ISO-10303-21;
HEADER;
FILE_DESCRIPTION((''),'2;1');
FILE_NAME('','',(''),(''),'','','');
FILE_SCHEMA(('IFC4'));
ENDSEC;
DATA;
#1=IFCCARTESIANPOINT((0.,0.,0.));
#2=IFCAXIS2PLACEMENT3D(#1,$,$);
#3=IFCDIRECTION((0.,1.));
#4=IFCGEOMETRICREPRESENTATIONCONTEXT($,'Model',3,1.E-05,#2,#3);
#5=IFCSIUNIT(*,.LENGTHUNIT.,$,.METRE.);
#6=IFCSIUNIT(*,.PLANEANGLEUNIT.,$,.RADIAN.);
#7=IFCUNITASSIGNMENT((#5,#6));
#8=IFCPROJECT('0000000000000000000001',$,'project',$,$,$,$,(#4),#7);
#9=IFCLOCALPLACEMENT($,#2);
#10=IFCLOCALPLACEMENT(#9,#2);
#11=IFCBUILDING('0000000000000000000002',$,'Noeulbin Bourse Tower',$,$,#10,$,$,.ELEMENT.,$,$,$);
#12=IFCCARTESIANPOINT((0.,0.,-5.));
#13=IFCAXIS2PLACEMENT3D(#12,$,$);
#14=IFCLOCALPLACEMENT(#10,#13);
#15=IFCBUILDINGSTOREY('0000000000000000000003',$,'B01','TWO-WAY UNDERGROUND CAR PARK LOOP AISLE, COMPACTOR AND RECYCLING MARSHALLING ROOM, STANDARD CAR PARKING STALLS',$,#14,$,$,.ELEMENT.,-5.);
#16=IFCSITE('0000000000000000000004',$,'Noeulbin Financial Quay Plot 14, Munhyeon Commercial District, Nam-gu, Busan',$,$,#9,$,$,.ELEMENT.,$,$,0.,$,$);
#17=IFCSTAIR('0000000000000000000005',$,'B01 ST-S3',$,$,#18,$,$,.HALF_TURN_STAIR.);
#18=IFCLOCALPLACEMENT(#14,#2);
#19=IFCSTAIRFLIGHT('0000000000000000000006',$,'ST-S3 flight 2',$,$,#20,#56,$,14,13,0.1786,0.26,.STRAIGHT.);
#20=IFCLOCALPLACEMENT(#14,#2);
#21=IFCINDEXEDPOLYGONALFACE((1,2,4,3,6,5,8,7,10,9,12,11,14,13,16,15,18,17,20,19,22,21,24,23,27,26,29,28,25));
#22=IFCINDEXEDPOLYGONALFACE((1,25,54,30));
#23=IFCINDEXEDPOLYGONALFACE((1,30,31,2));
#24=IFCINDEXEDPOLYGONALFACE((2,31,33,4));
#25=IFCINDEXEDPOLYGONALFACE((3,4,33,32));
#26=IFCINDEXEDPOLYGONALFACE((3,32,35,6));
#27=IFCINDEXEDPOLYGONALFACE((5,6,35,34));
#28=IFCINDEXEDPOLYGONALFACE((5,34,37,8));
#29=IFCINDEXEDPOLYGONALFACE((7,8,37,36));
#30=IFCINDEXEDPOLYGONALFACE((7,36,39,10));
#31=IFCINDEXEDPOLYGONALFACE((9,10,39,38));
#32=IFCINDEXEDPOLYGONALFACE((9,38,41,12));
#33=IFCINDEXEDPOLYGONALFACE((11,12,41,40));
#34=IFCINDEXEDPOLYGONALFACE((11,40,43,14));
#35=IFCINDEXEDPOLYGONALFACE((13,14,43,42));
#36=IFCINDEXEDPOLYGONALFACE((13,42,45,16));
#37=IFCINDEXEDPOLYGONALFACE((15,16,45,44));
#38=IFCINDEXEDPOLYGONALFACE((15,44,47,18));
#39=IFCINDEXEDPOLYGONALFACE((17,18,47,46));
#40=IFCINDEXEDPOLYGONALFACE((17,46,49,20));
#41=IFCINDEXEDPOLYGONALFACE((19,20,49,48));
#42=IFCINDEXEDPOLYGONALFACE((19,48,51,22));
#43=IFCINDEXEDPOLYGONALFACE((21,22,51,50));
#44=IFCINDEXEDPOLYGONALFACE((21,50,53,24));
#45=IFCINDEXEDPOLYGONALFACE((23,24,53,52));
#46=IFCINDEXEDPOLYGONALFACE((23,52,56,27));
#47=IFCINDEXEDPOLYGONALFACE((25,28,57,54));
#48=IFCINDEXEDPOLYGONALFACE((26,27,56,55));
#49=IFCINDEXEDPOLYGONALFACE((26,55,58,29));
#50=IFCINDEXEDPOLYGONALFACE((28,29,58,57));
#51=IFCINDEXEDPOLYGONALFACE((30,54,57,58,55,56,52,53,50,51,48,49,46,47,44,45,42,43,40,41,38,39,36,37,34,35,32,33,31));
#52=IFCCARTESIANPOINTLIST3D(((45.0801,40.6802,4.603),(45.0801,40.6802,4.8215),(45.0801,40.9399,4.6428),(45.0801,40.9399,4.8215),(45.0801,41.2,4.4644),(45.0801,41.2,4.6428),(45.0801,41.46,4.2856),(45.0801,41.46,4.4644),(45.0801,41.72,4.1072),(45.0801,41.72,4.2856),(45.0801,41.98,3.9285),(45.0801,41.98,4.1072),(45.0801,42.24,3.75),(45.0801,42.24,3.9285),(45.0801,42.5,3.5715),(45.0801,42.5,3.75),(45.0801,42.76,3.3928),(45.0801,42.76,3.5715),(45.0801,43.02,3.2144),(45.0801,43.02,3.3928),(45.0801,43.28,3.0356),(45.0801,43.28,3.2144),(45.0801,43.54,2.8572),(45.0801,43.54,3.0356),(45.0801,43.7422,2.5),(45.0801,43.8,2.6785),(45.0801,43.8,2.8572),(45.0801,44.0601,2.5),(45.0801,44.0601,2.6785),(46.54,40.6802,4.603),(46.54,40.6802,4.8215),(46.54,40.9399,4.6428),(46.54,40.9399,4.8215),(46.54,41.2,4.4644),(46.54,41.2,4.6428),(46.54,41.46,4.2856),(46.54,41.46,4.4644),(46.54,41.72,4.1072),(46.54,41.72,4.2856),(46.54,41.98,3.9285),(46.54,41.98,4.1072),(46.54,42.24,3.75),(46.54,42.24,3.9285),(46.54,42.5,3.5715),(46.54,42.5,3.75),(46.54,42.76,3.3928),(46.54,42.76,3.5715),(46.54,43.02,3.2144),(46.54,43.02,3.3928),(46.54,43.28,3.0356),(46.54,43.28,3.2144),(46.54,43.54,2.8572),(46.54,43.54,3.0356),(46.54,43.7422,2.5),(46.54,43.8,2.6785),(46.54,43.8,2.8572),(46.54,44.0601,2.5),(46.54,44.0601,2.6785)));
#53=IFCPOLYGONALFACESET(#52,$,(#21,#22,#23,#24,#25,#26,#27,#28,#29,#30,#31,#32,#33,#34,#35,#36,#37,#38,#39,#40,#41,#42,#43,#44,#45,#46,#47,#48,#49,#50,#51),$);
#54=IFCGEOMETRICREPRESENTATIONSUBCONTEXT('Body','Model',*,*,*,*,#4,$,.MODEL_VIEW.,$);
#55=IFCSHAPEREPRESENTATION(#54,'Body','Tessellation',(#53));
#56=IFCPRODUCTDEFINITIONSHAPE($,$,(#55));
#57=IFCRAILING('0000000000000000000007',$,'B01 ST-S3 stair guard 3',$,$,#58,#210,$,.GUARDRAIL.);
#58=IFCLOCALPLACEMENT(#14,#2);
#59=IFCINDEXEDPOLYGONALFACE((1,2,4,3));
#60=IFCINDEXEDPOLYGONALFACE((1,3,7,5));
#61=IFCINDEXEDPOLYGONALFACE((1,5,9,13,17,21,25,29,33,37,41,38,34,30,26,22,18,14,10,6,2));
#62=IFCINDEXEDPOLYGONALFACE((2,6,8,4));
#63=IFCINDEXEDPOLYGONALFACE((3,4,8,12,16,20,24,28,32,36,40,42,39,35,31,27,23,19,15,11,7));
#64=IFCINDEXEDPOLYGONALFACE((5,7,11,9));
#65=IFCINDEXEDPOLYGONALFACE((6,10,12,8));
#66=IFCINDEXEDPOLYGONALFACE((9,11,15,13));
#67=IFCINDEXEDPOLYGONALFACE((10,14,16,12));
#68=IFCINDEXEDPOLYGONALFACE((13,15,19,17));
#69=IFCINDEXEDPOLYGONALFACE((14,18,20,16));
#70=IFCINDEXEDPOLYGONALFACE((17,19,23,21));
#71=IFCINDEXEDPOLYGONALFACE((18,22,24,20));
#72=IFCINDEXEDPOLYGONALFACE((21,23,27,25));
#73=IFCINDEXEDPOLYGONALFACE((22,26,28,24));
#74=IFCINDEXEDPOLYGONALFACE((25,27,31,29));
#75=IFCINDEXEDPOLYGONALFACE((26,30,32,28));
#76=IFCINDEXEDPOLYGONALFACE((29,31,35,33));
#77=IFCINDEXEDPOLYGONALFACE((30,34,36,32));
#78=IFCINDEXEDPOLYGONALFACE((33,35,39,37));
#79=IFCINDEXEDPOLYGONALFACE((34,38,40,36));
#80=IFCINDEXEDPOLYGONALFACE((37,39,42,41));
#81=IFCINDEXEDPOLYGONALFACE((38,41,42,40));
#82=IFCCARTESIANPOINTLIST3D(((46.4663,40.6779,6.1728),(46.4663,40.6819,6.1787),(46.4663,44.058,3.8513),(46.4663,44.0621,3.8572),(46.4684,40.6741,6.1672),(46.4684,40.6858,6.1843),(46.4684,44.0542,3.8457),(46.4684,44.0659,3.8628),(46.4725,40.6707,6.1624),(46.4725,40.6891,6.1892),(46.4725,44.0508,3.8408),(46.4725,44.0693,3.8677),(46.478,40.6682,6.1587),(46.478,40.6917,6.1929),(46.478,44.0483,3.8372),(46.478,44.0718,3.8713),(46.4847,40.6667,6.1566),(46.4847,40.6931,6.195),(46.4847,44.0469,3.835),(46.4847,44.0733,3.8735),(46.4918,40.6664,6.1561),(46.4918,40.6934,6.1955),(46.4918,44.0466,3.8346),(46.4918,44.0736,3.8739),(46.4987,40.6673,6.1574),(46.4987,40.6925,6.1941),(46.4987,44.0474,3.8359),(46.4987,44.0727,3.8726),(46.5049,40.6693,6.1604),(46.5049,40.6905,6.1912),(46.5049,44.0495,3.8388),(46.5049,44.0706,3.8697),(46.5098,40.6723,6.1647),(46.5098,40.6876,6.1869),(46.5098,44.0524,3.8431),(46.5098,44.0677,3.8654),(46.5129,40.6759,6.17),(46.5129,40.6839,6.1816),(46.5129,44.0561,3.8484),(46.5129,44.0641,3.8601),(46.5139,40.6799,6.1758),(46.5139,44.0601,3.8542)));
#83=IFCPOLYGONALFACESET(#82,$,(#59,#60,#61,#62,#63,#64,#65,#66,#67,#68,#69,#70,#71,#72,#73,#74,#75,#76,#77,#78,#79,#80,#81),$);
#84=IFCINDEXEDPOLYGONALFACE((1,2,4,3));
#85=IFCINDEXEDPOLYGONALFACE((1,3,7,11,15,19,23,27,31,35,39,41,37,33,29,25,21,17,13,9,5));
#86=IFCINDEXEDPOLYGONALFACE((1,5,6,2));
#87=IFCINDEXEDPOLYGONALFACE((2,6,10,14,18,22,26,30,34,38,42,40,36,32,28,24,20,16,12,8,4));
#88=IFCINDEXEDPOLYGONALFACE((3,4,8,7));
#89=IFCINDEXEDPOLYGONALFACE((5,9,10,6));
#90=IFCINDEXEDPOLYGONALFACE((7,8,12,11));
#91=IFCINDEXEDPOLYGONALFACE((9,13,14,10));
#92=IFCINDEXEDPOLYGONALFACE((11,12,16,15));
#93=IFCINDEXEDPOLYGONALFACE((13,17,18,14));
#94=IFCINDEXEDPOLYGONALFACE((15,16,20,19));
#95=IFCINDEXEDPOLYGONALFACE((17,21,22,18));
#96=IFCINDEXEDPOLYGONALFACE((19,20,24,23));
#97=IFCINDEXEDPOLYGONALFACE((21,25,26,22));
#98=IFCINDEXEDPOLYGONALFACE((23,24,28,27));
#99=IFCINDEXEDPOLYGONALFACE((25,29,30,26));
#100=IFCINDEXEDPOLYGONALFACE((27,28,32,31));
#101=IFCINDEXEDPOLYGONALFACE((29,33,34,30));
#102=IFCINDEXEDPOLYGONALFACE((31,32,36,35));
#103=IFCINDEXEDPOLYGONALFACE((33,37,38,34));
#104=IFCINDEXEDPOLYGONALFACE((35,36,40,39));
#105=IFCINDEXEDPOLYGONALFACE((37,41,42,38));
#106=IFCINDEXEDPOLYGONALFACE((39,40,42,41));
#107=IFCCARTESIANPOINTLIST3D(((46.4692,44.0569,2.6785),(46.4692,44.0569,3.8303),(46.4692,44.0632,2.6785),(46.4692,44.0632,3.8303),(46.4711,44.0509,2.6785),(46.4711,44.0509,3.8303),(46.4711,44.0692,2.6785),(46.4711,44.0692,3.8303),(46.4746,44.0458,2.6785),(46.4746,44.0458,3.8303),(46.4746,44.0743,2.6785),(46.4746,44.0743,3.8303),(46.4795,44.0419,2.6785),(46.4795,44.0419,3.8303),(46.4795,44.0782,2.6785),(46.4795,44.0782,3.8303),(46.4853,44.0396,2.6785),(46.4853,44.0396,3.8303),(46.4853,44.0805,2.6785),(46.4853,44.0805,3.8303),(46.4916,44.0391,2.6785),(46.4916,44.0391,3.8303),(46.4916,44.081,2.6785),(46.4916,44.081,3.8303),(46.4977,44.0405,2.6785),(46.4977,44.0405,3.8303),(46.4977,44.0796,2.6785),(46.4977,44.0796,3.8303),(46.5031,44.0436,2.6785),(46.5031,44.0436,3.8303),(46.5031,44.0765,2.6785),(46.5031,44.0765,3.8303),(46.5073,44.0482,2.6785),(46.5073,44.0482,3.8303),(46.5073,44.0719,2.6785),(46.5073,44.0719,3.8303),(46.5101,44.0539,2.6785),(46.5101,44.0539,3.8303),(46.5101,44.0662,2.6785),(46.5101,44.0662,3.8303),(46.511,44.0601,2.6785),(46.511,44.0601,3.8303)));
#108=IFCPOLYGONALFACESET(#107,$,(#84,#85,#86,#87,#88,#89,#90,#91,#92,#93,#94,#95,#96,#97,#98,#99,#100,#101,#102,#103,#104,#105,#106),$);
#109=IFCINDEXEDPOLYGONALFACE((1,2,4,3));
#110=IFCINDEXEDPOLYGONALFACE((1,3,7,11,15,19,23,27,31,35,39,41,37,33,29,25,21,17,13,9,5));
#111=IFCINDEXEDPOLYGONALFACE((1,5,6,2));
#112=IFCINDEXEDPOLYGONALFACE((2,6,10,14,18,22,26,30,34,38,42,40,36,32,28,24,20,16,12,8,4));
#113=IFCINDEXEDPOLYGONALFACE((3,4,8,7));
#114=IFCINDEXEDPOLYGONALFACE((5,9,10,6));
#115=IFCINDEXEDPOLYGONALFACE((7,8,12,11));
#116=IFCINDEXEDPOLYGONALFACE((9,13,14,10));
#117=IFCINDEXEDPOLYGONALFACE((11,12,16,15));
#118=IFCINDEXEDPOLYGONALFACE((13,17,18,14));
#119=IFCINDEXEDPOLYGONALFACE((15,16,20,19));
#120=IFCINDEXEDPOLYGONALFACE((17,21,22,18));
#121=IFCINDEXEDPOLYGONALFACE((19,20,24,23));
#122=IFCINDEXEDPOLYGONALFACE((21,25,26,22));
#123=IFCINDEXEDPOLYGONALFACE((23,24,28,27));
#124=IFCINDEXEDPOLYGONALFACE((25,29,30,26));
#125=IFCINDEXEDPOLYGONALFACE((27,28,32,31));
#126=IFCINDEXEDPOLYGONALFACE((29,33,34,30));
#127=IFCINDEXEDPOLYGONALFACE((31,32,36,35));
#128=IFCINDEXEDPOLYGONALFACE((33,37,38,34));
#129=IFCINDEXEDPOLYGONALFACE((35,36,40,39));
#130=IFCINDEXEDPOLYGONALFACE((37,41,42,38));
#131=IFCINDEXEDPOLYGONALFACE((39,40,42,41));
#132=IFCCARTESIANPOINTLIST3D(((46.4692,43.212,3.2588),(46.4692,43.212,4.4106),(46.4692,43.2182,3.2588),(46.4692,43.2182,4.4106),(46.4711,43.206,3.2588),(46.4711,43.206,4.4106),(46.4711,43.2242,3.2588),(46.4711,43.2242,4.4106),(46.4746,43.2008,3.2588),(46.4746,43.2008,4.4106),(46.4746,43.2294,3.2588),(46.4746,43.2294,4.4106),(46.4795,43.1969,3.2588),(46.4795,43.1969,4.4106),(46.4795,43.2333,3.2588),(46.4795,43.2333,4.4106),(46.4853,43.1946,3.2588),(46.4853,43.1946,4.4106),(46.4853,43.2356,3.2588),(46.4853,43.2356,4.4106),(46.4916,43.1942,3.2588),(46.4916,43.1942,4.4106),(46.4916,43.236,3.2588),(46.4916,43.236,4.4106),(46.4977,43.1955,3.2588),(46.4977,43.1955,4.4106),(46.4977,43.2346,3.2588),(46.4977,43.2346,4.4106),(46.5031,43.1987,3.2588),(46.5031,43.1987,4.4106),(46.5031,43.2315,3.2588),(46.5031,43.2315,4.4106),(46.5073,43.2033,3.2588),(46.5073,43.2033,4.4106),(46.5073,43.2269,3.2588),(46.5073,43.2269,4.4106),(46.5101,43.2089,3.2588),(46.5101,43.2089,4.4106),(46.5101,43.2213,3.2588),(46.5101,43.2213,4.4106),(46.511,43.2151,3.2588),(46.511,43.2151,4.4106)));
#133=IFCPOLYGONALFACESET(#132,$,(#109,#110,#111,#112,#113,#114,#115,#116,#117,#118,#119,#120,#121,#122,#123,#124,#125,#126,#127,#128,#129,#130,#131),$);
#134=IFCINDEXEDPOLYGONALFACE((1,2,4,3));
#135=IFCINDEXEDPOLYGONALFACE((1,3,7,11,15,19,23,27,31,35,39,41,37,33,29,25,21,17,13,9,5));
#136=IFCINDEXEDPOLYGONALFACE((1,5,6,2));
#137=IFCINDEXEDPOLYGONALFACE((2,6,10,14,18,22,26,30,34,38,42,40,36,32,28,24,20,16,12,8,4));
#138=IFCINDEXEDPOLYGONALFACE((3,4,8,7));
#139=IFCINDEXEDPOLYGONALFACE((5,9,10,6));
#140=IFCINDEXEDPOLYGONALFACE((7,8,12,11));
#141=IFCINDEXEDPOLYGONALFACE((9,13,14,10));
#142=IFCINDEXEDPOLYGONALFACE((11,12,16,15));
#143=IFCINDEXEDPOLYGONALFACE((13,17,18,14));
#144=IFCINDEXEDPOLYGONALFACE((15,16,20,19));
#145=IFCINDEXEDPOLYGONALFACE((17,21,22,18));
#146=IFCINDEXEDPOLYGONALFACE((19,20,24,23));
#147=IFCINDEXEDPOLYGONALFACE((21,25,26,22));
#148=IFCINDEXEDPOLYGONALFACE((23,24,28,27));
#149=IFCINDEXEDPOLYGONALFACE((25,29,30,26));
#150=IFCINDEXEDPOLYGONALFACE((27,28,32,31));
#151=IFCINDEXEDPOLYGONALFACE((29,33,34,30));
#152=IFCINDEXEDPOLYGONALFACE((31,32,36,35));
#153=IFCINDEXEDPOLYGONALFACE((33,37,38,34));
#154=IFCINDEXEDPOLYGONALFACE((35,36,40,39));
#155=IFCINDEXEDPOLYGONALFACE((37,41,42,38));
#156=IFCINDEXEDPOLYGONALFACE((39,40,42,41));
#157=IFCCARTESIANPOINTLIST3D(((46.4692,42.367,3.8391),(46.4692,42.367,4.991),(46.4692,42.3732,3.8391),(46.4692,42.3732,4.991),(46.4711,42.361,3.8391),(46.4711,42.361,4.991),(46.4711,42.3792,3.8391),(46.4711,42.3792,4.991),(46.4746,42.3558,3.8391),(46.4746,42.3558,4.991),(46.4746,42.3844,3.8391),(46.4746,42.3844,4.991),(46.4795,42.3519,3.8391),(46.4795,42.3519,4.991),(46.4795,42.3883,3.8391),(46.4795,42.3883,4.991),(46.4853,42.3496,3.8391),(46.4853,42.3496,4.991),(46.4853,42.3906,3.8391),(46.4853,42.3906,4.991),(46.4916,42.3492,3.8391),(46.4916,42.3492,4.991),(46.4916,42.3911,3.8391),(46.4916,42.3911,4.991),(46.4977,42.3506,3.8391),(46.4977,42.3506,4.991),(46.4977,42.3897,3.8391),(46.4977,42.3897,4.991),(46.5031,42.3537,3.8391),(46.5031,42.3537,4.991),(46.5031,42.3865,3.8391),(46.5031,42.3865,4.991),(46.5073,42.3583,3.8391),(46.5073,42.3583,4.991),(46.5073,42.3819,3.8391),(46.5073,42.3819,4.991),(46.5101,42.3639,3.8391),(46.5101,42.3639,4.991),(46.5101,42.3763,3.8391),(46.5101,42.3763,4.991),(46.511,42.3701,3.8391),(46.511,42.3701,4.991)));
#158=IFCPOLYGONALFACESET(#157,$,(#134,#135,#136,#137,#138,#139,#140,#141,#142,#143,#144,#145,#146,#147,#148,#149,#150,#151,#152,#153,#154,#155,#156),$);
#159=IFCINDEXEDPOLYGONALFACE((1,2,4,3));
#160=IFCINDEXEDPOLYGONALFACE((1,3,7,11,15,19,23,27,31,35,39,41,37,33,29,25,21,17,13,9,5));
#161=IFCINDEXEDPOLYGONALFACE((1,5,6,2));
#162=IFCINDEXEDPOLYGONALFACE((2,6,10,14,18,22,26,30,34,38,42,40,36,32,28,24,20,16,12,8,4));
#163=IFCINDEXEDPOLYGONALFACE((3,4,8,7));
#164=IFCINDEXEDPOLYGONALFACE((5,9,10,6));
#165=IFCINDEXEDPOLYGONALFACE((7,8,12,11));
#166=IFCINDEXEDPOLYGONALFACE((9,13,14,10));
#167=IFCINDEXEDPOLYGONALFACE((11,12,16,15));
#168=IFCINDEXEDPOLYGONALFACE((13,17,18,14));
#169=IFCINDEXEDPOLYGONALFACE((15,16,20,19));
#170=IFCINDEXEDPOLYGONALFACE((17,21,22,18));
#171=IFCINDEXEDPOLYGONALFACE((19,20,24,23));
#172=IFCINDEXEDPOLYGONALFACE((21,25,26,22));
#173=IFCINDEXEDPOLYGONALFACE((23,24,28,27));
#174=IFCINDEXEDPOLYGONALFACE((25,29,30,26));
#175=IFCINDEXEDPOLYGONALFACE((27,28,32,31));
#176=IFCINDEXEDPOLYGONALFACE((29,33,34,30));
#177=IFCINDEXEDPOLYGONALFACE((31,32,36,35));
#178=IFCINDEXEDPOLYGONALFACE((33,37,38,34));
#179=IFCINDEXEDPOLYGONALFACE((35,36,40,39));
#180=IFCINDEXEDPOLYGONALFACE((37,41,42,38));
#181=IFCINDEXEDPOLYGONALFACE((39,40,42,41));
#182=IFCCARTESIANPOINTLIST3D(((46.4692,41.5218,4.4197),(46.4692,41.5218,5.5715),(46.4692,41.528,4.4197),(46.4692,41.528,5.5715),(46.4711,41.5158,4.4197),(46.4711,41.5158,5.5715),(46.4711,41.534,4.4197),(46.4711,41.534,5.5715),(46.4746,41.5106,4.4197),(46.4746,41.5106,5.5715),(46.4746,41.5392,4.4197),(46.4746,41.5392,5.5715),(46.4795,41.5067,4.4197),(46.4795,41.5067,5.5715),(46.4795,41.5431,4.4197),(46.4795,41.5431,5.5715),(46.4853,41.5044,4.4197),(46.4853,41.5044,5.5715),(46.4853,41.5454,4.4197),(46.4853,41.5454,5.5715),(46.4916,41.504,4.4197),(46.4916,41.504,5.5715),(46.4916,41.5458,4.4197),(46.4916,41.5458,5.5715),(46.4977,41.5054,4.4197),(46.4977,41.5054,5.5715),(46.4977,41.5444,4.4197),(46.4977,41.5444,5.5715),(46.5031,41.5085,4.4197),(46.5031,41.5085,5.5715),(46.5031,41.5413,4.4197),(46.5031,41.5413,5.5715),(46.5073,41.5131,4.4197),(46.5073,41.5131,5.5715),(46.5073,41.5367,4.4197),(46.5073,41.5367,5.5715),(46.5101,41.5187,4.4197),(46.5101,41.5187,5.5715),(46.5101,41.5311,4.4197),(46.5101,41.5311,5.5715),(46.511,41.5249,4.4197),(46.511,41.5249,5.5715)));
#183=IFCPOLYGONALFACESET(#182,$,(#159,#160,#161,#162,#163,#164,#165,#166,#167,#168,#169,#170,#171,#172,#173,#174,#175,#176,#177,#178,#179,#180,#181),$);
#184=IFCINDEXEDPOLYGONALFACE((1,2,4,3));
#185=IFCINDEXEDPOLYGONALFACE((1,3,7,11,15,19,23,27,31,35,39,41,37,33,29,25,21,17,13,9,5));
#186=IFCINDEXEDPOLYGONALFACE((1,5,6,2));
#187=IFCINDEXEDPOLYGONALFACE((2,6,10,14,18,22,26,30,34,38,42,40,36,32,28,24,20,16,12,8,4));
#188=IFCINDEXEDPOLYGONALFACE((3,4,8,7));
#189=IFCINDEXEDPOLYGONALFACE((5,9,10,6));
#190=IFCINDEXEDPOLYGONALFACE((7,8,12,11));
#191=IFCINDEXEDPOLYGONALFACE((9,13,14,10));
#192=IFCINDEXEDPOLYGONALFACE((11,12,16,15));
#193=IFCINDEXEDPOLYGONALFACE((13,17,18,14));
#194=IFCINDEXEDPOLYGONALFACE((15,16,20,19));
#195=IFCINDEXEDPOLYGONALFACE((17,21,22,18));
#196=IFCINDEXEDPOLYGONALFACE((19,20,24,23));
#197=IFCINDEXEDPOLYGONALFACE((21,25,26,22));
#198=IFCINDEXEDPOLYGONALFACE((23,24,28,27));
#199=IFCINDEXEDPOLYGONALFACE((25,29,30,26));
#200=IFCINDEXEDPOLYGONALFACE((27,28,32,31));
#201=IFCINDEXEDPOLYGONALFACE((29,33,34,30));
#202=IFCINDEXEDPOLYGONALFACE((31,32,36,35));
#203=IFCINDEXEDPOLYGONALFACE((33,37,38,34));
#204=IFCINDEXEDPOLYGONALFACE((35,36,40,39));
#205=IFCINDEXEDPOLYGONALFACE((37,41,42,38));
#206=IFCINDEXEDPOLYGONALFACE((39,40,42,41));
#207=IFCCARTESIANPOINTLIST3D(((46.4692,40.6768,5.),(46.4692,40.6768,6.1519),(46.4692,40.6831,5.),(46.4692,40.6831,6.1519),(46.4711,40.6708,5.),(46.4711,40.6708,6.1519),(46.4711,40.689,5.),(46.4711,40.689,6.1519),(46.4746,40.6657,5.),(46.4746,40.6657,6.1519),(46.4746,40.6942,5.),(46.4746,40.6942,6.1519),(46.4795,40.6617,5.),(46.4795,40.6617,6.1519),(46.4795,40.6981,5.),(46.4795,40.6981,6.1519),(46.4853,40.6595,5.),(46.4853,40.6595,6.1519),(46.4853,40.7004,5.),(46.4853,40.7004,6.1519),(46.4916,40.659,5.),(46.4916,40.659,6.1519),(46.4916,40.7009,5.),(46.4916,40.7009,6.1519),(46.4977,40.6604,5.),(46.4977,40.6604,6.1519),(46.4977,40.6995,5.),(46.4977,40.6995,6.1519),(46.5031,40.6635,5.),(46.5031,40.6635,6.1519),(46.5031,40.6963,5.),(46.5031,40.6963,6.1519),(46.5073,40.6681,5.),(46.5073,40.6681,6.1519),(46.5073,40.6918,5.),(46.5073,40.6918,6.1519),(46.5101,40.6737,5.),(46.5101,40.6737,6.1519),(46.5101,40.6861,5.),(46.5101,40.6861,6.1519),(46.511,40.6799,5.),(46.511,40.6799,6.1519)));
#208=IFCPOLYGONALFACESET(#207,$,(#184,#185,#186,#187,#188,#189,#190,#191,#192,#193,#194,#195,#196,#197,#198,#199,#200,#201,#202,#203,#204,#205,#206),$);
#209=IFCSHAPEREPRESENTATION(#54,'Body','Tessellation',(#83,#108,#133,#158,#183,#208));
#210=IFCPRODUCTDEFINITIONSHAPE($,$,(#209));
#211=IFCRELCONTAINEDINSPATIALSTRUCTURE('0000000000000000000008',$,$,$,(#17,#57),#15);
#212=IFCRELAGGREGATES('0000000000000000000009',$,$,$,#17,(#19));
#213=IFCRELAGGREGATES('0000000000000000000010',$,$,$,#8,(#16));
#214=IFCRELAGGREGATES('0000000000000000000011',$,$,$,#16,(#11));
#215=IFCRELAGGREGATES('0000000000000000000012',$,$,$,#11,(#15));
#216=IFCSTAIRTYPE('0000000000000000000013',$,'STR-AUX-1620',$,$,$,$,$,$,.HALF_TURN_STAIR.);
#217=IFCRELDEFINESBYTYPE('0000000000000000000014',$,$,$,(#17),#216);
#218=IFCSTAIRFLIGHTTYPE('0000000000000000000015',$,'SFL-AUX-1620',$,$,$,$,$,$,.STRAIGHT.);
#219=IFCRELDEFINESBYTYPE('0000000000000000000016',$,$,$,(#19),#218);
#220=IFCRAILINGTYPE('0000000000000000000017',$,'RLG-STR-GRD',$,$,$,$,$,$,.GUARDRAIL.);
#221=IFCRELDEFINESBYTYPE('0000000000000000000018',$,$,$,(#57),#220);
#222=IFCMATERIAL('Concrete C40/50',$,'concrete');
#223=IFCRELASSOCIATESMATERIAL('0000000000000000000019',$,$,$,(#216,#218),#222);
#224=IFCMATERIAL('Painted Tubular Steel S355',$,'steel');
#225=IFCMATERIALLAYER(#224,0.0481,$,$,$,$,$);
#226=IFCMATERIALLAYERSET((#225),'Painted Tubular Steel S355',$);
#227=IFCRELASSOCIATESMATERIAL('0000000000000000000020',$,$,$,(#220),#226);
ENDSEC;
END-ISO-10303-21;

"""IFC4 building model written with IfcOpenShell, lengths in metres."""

from ifc_helpers import new_model, si_unit, direction, frame, origin, origin_2d, place, context, subcontext, project, spatial, polyline, circle, outline, extrude, material, layer, layer_set, type_object, element, aggregate, save


model = new_model("IFC4")

# Units and contexts
model_context = context("Model", 3, precision=1e-05, world=origin(), true_north=direction((0.0, 1.0)))
body_context = subcontext(model_context, "Body", "Model", "MODEL_VIEW")
ifc_project = project(units=[si_unit("LENGTHUNIT", "METRE"), si_unit("PLANEANGLEUNIT", "RADIAN")], contexts=[model_context])

# Site, building, storey
site_placement = place(None, origin())
site = spatial("IfcSite", under=ifc_project, at=site_placement, Name="Noeulbin Financial Quay Plot 14, Munhyeon Commercial District, Nam-gu, Busan", CompositionType="ELEMENT", RefElevation=0.0)
building_placement = place(site_placement, origin())
building = spatial("IfcBuilding", under=site, at=building_placement, Name="Noeulbin Bourse Tower", CompositionType="ELEMENT")
storey_placement = place(building_placement, frame((0.0, 0.0, -5.0)))
storey = spatial("IfcBuildingStorey", under=building, at=storey_placement, Name="B01", Description="TWO-WAY UNDERGROUND CAR PARK LOOP AISLE, COMPACTOR AND RECYCLING MARSHALLING ROOM, STANDARD CAR PARKING STALLS", CompositionType="ELEMENT", Elevation=-5.0)

# Shared definitions
ifc_material_1 = material(Name="Concrete C40/50", Category="concrete")

# Stair, stair flight
stair_type = type_object("IfcStairType", Name="STR-AUX-1620", PredefinedType="HALF_TURN_STAIR", material=ifc_material_1)
stair_placement = place(storey_placement, origin())
stair = element("IfcStair", 1, at=stair_placement, inside=storey, type_object=stair_type, Name="B01 ST-S3", PredefinedType="HALF_TURN_STAIR")
stair_flight_type = type_object("IfcStairFlightType", Name="SFL-AUX-1620", PredefinedType="STRAIGHT", material=ifc_material_1)
stair_flight_placement = place(storey_placement, frame((45.8101, 44.0601, 2.5), z_axis=(0.0, 0.0, 1.0), x_axis=(0.0, -1.0, 0.0)))
stair_flight = element("IfcStairFlight", 2, at=stair_flight_placement, type_object=stair_flight_type, Name="ST-S3 flight 2", NumberOfRisers=14, NumberOfTreads=13, PredefinedType="STRAIGHT", RiserHeight=0.1786, TreadLength=0.26, context=body_context, shape_type="SweptSolid", body=[
    extrude(outline(polyline([(0.0, 0.0), (0.0, 0.1785), (0.26, 0.1785), (0.26, 0.3572), (0.52, 0.3572), (0.52, 0.5356), (0.78, 0.5356), (0.78, 0.7144), (1.04, 0.7144), (1.04, 0.8928), (1.3, 0.8928), (1.3, 1.0715), (1.5601, 1.0715), (1.5601, 1.25), (1.8201, 1.25), (1.8201, 1.4285), (2.0801, 1.4285), (2.0801, 1.6072), (2.3401, 1.6072), (2.3401, 1.7856), (2.6001, 1.7856), (2.6001, 1.9644), (2.8601, 1.9644), (2.8601, 2.1428), (3.1201, 2.1428), (3.1201, 2.3215), (3.3799, 2.3215), (3.3799, 2.5), (3.3799, 2.103), (0.3179, 0.0), (0.0, 0.0)])), frame((0.0, 0.73, 0.0), z_axis=(0.0, -1.0, 0.0), x_axis=(1.0, 0.0, 0.0)), (0.0, 0.0, 1.0), 1.46),
])
aggregate(stair, [stair_flight])

# Railing
ifc_material_2 = material(Name="Painted Tubular Steel S355", Category="steel")
ifc_layer_1 = layer(ifc_material_2, 0.0481)
ifc_layer_set_1 = layer_set([ifc_layer_1], Name="Painted Tubular Steel S355")
railing_type_1 = type_object("IfcRailingType", Name="RLG-STR-GRD", PredefinedType="GUARDRAIL", material=ifc_layer_set_1)
railing_1_placement = place(storey_placement, frame((46.49, 44.0601, 2.6785)))
element("IfcRailing", 3, at=railing_1_placement, inside=storey, type_object=railing_type_1, Name="B01 ST-S3 stair guard 3", PredefinedType="GUARDRAIL", context=body_context, shape_type="SweptSolid", body=[
    extrude(circle(Radius=0.0239, at=origin_2d()), frame((0.0, 0.0, 1.1758), z_axis=(0.0, -0.824304, 0.566147), x_axis=(1.0, 0.0, 0.0)), (0.0, 0.0, 1.0), 4.1006),
    extrude(circle(Radius=0.021, at=origin_2d()), origin(), (0.0, 0.0, 1.0), 1.1519),
    extrude(circle(Radius=0.021, at=origin_2d()), frame((0.0, -0.845, 0.5803)), (0.0, 0.0, 1.0), 1.1519),
    extrude(circle(Radius=0.021, at=origin_2d()), frame((0.0, -1.6899, 1.1606)), (0.0, 0.0, 1.0), 1.1519),
    extrude(circle(Radius=0.021, at=origin_2d()), frame((0.0, -2.5352, 1.7412)), (0.0, 0.0, 1.0), 1.1519),
    extrude(circle(Radius=0.021, at=origin_2d()), frame((0.0, -3.3801, 2.3215)), (0.0, 0.0, 1.0), 1.1519),
])

save(model, "model.ifc")
